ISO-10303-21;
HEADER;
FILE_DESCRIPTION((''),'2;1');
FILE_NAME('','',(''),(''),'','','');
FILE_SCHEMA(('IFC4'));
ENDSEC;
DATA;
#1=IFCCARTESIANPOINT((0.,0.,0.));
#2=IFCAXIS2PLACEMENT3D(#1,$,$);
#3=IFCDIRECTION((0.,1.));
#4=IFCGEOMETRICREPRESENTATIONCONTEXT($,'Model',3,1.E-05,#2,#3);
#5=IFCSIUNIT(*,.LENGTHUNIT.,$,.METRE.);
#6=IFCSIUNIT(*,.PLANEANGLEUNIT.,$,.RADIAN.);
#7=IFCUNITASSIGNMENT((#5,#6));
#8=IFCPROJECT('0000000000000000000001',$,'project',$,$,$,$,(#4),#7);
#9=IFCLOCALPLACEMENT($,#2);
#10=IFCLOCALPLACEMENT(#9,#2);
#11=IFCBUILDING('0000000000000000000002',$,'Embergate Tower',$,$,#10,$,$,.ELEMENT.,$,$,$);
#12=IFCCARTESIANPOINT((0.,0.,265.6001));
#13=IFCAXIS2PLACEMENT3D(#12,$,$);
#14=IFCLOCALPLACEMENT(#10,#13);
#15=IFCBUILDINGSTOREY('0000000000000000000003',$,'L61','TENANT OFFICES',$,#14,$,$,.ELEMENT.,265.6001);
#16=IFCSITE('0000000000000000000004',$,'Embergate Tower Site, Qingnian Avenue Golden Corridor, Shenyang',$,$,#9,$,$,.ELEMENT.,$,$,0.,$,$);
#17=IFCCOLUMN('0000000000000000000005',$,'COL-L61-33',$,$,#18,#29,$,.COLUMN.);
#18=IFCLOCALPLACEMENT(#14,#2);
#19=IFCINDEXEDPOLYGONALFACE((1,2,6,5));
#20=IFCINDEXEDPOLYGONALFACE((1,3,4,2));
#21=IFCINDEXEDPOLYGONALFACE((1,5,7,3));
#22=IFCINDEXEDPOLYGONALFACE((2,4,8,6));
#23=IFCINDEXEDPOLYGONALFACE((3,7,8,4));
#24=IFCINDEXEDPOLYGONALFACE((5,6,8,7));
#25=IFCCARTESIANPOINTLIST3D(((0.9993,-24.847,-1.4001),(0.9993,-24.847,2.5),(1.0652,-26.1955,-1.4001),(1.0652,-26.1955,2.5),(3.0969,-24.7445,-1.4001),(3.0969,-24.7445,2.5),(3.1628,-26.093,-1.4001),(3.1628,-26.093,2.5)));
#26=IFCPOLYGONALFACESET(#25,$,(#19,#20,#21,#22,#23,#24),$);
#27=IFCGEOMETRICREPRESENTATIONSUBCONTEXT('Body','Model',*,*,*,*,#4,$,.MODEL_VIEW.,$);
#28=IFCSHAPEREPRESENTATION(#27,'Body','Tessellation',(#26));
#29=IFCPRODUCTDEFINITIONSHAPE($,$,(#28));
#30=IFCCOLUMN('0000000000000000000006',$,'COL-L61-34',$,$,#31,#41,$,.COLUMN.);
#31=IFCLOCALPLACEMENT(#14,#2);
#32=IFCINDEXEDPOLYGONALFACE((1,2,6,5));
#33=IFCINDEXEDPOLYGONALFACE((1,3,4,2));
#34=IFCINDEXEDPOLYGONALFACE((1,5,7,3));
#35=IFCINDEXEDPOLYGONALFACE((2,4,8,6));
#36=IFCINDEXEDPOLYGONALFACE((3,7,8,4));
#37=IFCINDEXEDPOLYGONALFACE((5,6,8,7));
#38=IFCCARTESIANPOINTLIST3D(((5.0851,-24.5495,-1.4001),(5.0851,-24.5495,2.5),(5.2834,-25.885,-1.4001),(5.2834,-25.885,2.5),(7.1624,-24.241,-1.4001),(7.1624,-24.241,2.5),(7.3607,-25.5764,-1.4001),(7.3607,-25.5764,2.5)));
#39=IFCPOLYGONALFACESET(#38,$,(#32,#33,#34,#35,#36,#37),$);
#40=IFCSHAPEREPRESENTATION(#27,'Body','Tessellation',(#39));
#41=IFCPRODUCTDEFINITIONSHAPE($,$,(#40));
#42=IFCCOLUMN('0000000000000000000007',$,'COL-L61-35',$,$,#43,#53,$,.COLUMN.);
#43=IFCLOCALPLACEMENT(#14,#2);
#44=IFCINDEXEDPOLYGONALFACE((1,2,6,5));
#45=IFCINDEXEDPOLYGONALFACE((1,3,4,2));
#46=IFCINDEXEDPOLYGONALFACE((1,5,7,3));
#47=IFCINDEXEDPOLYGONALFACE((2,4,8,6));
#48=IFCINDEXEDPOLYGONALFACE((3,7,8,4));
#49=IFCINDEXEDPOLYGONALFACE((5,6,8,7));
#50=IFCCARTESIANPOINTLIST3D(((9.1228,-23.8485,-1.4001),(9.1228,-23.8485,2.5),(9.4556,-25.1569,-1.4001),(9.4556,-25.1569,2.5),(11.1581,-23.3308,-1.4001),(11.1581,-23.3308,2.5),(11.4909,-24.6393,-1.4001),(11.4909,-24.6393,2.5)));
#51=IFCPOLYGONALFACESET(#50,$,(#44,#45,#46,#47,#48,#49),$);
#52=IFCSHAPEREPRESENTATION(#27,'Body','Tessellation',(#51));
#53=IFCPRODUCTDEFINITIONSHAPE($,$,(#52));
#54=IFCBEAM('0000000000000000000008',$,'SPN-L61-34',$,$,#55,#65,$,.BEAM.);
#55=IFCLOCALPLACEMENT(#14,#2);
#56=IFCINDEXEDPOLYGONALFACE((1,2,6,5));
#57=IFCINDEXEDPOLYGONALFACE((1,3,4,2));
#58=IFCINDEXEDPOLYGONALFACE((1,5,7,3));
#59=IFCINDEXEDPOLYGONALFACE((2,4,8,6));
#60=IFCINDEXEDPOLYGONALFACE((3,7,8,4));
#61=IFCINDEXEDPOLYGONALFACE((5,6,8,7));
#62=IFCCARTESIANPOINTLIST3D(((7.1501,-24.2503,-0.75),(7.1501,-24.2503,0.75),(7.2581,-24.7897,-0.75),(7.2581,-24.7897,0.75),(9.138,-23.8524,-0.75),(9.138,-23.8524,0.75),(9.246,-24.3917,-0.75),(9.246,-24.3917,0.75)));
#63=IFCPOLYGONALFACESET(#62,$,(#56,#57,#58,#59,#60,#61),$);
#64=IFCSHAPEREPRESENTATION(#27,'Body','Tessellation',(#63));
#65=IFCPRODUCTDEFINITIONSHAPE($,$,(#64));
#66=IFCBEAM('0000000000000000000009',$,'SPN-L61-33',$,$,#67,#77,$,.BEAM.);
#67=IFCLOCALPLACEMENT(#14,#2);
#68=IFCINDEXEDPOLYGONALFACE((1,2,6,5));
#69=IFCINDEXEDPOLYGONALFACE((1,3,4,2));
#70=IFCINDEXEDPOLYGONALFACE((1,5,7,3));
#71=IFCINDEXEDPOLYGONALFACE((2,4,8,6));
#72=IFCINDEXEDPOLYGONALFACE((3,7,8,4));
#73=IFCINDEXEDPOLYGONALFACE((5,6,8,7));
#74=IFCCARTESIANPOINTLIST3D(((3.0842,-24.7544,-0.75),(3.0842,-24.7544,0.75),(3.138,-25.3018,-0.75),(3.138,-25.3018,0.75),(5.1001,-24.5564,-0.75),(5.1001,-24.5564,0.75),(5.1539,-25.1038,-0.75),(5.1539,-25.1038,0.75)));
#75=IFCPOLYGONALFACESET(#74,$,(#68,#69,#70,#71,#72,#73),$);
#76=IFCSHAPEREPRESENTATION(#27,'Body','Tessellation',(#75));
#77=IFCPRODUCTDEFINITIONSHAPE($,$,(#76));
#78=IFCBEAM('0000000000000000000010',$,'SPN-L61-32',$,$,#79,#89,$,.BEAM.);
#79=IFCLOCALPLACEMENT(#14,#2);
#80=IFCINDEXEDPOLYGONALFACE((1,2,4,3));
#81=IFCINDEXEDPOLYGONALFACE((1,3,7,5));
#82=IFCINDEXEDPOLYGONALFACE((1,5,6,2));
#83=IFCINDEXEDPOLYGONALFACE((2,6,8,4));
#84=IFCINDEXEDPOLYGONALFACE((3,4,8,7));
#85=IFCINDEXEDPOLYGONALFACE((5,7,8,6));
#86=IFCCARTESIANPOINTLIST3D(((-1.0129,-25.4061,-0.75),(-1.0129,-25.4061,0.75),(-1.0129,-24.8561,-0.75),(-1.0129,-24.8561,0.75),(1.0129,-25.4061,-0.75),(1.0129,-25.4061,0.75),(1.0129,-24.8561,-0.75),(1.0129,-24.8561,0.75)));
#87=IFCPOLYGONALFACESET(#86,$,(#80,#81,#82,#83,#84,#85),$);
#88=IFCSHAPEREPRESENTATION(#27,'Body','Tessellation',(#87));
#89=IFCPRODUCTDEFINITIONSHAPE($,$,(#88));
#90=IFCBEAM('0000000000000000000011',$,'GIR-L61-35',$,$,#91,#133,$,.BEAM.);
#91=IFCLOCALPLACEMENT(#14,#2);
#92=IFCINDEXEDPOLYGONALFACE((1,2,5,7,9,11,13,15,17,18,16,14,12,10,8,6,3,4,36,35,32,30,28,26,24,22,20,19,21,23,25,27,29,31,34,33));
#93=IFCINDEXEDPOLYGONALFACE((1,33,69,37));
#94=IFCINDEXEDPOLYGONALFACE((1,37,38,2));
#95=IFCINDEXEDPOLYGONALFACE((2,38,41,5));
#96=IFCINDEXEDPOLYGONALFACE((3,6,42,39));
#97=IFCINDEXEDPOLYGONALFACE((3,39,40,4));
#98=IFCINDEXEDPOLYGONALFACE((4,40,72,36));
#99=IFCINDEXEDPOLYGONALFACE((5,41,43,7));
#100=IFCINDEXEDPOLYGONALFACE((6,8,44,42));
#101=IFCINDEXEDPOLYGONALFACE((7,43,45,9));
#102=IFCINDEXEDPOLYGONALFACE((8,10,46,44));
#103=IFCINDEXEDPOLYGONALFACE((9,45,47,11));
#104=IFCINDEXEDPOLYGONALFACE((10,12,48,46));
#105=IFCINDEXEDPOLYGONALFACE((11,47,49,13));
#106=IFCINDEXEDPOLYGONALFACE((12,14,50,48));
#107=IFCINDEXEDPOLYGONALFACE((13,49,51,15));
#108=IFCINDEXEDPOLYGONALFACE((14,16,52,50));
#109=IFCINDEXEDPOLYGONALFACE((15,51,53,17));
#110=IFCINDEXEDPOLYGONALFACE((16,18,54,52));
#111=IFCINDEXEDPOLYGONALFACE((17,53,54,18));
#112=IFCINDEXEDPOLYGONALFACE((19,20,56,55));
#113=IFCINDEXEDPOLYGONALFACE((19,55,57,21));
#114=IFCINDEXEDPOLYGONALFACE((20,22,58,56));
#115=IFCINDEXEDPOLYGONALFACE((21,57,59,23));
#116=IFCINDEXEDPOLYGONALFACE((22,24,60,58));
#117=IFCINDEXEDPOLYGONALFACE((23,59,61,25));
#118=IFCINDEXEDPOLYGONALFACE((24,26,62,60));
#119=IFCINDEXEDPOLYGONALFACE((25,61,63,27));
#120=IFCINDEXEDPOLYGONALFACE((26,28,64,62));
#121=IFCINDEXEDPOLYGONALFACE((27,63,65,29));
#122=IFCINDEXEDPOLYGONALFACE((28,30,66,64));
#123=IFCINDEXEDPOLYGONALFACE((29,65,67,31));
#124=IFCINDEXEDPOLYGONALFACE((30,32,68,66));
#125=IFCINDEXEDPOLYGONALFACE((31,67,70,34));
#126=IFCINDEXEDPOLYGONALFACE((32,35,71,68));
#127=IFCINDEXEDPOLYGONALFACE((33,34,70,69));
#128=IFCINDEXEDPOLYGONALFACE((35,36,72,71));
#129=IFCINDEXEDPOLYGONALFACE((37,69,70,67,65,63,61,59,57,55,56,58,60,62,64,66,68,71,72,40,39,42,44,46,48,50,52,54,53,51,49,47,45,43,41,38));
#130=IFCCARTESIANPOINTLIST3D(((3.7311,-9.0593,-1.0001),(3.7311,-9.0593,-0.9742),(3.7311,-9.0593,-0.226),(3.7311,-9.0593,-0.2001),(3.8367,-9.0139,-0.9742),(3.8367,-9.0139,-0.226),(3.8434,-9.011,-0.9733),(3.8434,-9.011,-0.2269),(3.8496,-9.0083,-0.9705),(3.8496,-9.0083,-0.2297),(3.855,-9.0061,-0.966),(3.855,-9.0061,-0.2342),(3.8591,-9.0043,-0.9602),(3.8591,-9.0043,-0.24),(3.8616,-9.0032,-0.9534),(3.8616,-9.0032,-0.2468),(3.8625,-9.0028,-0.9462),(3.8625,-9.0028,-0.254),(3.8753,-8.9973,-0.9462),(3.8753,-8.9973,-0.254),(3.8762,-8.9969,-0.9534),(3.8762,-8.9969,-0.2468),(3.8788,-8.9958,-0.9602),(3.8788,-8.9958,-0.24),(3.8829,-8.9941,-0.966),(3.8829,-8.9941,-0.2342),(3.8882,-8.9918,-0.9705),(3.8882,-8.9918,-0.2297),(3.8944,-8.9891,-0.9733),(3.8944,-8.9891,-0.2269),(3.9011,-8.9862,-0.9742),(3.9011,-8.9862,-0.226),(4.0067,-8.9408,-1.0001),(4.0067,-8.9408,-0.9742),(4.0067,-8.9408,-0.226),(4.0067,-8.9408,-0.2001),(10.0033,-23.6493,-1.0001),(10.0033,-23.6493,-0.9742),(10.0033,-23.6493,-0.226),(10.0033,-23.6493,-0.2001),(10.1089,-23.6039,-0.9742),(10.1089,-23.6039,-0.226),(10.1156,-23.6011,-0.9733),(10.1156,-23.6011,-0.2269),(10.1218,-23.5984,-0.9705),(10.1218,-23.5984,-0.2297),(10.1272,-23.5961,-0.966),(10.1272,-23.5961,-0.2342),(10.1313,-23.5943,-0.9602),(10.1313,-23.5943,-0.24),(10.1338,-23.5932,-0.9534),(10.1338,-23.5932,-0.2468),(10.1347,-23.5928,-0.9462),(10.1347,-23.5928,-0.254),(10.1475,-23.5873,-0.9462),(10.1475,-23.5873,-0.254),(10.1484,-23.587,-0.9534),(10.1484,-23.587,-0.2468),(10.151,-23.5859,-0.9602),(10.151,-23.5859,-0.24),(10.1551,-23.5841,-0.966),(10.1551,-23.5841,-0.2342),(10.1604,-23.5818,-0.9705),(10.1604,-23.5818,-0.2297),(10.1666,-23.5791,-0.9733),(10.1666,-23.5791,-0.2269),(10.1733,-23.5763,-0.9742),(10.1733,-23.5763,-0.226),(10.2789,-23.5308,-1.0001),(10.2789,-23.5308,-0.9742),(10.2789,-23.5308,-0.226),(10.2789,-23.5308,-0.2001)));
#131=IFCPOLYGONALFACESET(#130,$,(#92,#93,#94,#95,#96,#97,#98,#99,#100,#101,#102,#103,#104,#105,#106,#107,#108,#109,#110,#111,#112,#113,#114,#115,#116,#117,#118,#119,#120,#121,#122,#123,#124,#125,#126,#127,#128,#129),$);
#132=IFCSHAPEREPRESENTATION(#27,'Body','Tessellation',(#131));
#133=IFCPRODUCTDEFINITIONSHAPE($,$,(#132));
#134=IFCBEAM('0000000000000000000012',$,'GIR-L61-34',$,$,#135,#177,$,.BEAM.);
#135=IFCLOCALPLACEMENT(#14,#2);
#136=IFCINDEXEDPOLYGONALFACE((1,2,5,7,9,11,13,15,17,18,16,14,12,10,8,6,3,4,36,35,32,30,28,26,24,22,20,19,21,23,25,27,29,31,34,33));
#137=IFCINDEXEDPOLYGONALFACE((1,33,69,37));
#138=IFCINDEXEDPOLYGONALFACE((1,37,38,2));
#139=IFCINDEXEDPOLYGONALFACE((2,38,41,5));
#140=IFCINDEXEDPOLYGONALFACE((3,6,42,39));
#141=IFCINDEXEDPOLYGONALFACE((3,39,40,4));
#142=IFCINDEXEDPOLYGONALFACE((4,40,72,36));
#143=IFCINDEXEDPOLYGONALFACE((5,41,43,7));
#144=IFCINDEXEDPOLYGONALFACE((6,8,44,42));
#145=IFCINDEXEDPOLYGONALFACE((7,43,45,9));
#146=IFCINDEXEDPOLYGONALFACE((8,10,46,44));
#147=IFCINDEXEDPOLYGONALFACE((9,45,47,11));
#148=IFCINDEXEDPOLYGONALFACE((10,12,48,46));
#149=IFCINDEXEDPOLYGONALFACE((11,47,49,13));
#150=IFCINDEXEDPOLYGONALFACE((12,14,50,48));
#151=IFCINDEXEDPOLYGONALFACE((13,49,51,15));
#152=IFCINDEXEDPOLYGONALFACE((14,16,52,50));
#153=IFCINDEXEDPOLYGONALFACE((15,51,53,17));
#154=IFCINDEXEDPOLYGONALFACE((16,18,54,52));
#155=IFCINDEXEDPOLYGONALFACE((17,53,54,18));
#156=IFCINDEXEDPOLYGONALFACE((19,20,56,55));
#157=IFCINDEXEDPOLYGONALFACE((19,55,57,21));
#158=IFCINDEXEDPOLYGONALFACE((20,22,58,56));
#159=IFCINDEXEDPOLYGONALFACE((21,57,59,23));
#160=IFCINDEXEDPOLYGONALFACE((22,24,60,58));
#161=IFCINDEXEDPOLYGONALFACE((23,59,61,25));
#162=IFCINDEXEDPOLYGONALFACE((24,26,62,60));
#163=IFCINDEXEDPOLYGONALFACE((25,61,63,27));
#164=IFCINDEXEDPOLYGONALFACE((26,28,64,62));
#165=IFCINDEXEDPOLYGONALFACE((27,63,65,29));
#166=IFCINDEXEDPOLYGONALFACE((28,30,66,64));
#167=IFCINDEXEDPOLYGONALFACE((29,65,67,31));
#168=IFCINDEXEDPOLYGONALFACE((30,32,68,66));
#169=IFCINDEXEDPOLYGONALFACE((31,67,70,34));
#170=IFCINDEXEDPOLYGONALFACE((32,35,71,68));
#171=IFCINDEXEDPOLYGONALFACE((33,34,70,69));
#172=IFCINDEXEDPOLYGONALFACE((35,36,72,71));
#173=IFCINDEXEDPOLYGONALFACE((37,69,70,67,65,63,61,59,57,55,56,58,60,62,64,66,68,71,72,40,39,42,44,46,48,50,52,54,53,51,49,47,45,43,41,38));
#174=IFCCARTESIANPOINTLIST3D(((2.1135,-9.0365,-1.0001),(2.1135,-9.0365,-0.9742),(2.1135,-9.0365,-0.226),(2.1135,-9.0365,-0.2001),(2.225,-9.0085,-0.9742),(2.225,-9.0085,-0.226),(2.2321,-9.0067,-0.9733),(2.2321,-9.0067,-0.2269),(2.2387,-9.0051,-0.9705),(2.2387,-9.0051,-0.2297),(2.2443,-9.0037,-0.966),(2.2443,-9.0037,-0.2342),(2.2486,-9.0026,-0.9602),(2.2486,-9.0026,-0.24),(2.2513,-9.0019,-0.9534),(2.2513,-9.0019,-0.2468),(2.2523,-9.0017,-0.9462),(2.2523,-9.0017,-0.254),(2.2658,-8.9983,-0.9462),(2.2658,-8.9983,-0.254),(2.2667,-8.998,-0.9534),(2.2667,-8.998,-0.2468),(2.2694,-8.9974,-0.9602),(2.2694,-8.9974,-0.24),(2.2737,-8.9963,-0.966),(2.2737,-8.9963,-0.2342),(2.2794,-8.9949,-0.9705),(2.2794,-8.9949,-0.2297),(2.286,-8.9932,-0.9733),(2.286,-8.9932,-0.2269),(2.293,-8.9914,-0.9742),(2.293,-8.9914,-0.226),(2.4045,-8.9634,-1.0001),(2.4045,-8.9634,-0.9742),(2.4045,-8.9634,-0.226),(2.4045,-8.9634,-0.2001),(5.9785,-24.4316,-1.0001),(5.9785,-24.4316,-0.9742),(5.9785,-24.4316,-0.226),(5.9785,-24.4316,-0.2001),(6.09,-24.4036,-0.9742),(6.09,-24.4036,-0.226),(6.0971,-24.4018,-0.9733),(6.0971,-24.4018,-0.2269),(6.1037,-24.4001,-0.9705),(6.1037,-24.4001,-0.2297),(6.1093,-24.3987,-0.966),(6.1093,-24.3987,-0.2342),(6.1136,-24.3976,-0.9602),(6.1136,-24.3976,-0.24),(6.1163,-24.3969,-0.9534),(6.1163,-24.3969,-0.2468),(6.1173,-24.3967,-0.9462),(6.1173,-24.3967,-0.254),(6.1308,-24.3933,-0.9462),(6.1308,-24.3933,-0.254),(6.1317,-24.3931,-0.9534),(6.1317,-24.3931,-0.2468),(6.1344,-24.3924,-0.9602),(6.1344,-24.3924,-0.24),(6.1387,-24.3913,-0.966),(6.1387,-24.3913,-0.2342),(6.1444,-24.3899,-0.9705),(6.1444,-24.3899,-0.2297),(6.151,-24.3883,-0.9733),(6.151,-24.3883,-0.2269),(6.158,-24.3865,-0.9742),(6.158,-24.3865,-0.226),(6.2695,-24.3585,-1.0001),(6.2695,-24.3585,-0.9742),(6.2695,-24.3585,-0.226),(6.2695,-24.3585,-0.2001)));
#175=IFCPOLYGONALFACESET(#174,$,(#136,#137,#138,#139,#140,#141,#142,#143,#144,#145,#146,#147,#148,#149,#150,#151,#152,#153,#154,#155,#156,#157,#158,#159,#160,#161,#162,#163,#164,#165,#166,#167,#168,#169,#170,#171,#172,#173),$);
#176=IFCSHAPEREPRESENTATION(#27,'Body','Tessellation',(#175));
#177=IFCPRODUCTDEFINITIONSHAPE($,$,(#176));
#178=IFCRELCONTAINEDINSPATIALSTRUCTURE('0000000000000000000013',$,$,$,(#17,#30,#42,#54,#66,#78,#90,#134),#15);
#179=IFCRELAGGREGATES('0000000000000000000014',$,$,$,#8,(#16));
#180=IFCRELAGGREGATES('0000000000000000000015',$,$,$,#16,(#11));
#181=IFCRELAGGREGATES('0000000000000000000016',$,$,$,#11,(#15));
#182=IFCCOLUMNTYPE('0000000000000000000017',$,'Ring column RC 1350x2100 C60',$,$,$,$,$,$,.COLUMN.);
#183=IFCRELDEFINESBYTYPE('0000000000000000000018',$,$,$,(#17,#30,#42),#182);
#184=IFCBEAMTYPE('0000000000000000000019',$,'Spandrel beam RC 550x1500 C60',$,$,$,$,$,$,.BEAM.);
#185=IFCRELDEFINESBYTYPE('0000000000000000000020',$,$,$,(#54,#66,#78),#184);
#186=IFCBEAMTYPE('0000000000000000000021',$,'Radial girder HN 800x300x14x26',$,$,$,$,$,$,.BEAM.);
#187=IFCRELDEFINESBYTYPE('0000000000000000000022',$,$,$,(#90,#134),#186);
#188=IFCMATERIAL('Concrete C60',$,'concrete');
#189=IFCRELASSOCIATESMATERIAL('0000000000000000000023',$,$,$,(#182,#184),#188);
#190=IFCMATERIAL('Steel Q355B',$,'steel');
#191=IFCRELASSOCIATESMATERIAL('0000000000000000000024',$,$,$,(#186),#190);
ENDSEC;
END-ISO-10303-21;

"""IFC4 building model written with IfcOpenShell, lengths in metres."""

from ifc_helpers import new_model, si_unit, direction, frame, origin, origin_2d, place, context, subcontext, project, spatial, rectangle, i_section, extrude, source, transform, mapped, material, material_profile, profile_set, type_object, element, save


model = new_model("IFC4")

# Units and contexts
model_context = context("Model", 3, precision=1e-05, world=origin(), true_north=direction((0.0, 1.0)))
body_context = subcontext(model_context, "Body", "Model", "MODEL_VIEW")
ifc_project = project(units=[si_unit("LENGTHUNIT", "METRE"), si_unit("PLANEANGLEUNIT", "RADIAN")], contexts=[model_context])

# Site, building, storey
site_placement = place(None, origin())
site = spatial("IfcSite", under=ifc_project, at=site_placement, Name="Embergate Tower Site, Qingnian Avenue Golden Corridor, Shenyang", CompositionType="ELEMENT", RefElevation=0.0)
building_placement = place(site_placement, origin())
building = spatial("IfcBuilding", under=site, at=building_placement, Name="Embergate Tower", CompositionType="ELEMENT")
storey_placement = place(building_placement, frame((0.0, 0.0, 265.6001)))
storey = spatial("IfcBuildingStorey", under=building, at=storey_placement, Name="L61", Description="TENANT OFFICES", CompositionType="ELEMENT", Elevation=265.6001)

# Columns
ifc_material_1 = material(Name="Concrete C60", Category="concrete")
ifc_material_profile_1 = material_profile(ifc_material_1, rectangle(XDim=1.3501, YDim=2.1001, at=origin_2d()), Name="RC 1350x2100")
ifc_profile_set_1 = profile_set([ifc_material_profile_1], Name="Concrete C60")
column_type = type_object("IfcColumnType", Name="Ring column RC 1350x2100 C60", PredefinedType="COLUMN", material=ifc_profile_set_1)
shared_shape_1 = source(origin(), body_context, "Body", "SweptSolid", [
    extrude(rectangle(XDim=1.3501, YDim=2.1001, at=origin_2d()), origin(), (0.0, 0.0, 1.0), 3.9001),
])
for number, where, z_axis, x_axis, name in (
    (1, (2.0811, -25.47, -1.4001), (0.0, 0.0, 1.0), (0.048815, -0.998808, 0.0), "COL-L61-33"),
    (2, (6.2229, -25.063, -1.4001), (0.0, 0.0, 1.0), (0.146929, -0.989147, 0.0), "COL-L61-34"),
    (3, (10.3069, -24.2439, -1.4001), (0.0, 0.0, 1.0), (0.246492, -0.969145, 0.0), "COL-L61-35"),
):
    element("IfcColumn", number, at=place(storey_placement, frame(where, z_axis=z_axis, x_axis=x_axis)), inside=storey, type_object=column_type, Name=name, PredefinedType="COLUMN", context=body_context, shape_type="MappedRepresentation", body=[
        mapped(shared_shape_1, transform((0.0, 0.0, 0.0))),
    ])

# Beams
ifc_material_profile_2 = material_profile(ifc_material_1, rectangle(XDim=0.55, YDim=1.5, at=origin_2d()), Name="RC 550x1500")
ifc_profile_set_2 = profile_set([ifc_material_profile_2], Name="Concrete C60")
beam_type_1 = type_object("IfcBeamType", Name="Spandrel beam RC 550x1500 C60", PredefinedType="BEAM", material=ifc_profile_set_2)
shared_shape_2 = source(origin(), body_context, "Body", "SweptSolid", [
    extrude(rectangle(XDim=0.55, YDim=1.5, at=origin_2d()), origin(), (0.0, 0.0, 1.0), 2.0273),
])
beam_1_placement = place(storey_placement, frame((7.2041, -24.52, 0.0), z_axis=(0.980544, 0.196301, 0.0), x_axis=(-0.196301, 0.980544, 0.0)))
element("IfcBeam", 4, at=beam_1_placement, inside=storey, type_object=beam_type_1, Name="SPN-L61-34", PredefinedType="BEAM", context=body_context, shape_type="MappedRepresentation", body=[
    mapped(shared_shape_2, transform((0.0, 0.0, 0.0))),
])
shared_shape_3 = source(origin(), body_context, "Body", "SweptSolid", [
    extrude(rectangle(XDim=0.55, YDim=1.5, at=origin_2d()), origin(), (0.0, 0.0, 1.0), 2.0256),
])
beam_2_placement = place(storey_placement, frame((3.1111, -25.0281, 0.0), z_axis=(0.995211, 0.097749, 0.0), x_axis=(-0.097749, 0.995211, 0.0)))
element("IfcBeam", 5, at=beam_2_placement, inside=storey, type_object=beam_type_1, Name="SPN-L61-33", PredefinedType="BEAM", context=body_context, shape_type="MappedRepresentation", body=[
    mapped(shared_shape_3, transform((0.0, 0.0, 0.0))),
])
shared_shape_4 = source(origin(), body_context, "Body", "SweptSolid", [
    extrude(rectangle(XDim=0.55, YDim=1.5, at=origin_2d()), origin(), (0.0, 0.0, 1.0), 2.0259),
])
beam_3_placement = place(storey_placement, frame((-1.0129, -25.1311, 0.0), z_axis=(1.0, 0.0, 0.0), x_axis=(0.0, 1.0, 0.0)))
element("IfcBeam", 6, at=beam_3_placement, inside=storey, type_object=beam_type_1, Name="SPN-L61-32", PredefinedType="BEAM", context=body_context, shape_type="MappedRepresentation", body=[
    mapped(shared_shape_4, transform((0.0, 0.0, 0.0))),
])
ifc_material_2 = material(Name="Steel Q355B", Category="steel")
ifc_material_profile_3 = material_profile(ifc_material_2, i_section(OverallWidth=0.3, OverallDepth=0.8, WebThickness=0.0139, FlangeThickness=0.0259, FilletRadius=0.0281, at=origin_2d()), Name="HN 800x300x14x26")
ifc_profile_set_3 = profile_set([ifc_material_profile_3], Name="Steel Q355 grade B")
beam_type_2 = type_object("IfcBeamType", Name="Radial girder HN 800x300x14x26", PredefinedType="BEAM", material=ifc_profile_set_3)
shared_shape_5 = source(origin(), body_context, "Body", "SweptSolid", [
    extrude(i_section(OverallWidth=0.3, OverallDepth=0.8, WebThickness=0.0139, FlangeThickness=0.0259, FilletRadius=0.0281, at=origin_2d()), origin(), (0.0, 0.0, 1.0), 15.8811),
])
beam_4_placement = place(storey_placement, frame((10.1411, -23.5901, -0.6001), z_axis=(-0.394947, 0.918704, 0.0), x_axis=(-0.918704, -0.394947, 0.0)))
element("IfcBeam", 7, at=beam_4_placement, inside=storey, type_object=beam_type_2, Name="GIR-L61-35", PredefinedType="BEAM", context=body_context, shape_type="MappedRepresentation", body=[
    mapped(shared_shape_5, transform((0.0, 0.0, 0.0))),
])
shared_shape_6 = source(origin(), body_context, "Body", "SweptSolid", [
    extrude(i_section(OverallWidth=0.3, OverallDepth=0.8, WebThickness=0.0139, FlangeThickness=0.0259, FilletRadius=0.0281, at=origin_2d()), origin(), (0.0, 0.0, 1.0), 15.8728),
])
beam_5_placement = place(storey_placement, frame((6.124, -24.395, -0.6001), z_axis=(-0.243498, 0.969901, 0.0), x_axis=(-0.969901, -0.243498, 0.0)))
element("IfcBeam", 8, at=beam_5_placement, inside=storey, type_object=beam_type_2, Name="GIR-L61-34", PredefinedType="BEAM", context=body_context, shape_type="MappedRepresentation", body=[
    mapped(shared_shape_6, transform((0.0, 0.0, 0.0))),
])

save(model, "model.ifc")
